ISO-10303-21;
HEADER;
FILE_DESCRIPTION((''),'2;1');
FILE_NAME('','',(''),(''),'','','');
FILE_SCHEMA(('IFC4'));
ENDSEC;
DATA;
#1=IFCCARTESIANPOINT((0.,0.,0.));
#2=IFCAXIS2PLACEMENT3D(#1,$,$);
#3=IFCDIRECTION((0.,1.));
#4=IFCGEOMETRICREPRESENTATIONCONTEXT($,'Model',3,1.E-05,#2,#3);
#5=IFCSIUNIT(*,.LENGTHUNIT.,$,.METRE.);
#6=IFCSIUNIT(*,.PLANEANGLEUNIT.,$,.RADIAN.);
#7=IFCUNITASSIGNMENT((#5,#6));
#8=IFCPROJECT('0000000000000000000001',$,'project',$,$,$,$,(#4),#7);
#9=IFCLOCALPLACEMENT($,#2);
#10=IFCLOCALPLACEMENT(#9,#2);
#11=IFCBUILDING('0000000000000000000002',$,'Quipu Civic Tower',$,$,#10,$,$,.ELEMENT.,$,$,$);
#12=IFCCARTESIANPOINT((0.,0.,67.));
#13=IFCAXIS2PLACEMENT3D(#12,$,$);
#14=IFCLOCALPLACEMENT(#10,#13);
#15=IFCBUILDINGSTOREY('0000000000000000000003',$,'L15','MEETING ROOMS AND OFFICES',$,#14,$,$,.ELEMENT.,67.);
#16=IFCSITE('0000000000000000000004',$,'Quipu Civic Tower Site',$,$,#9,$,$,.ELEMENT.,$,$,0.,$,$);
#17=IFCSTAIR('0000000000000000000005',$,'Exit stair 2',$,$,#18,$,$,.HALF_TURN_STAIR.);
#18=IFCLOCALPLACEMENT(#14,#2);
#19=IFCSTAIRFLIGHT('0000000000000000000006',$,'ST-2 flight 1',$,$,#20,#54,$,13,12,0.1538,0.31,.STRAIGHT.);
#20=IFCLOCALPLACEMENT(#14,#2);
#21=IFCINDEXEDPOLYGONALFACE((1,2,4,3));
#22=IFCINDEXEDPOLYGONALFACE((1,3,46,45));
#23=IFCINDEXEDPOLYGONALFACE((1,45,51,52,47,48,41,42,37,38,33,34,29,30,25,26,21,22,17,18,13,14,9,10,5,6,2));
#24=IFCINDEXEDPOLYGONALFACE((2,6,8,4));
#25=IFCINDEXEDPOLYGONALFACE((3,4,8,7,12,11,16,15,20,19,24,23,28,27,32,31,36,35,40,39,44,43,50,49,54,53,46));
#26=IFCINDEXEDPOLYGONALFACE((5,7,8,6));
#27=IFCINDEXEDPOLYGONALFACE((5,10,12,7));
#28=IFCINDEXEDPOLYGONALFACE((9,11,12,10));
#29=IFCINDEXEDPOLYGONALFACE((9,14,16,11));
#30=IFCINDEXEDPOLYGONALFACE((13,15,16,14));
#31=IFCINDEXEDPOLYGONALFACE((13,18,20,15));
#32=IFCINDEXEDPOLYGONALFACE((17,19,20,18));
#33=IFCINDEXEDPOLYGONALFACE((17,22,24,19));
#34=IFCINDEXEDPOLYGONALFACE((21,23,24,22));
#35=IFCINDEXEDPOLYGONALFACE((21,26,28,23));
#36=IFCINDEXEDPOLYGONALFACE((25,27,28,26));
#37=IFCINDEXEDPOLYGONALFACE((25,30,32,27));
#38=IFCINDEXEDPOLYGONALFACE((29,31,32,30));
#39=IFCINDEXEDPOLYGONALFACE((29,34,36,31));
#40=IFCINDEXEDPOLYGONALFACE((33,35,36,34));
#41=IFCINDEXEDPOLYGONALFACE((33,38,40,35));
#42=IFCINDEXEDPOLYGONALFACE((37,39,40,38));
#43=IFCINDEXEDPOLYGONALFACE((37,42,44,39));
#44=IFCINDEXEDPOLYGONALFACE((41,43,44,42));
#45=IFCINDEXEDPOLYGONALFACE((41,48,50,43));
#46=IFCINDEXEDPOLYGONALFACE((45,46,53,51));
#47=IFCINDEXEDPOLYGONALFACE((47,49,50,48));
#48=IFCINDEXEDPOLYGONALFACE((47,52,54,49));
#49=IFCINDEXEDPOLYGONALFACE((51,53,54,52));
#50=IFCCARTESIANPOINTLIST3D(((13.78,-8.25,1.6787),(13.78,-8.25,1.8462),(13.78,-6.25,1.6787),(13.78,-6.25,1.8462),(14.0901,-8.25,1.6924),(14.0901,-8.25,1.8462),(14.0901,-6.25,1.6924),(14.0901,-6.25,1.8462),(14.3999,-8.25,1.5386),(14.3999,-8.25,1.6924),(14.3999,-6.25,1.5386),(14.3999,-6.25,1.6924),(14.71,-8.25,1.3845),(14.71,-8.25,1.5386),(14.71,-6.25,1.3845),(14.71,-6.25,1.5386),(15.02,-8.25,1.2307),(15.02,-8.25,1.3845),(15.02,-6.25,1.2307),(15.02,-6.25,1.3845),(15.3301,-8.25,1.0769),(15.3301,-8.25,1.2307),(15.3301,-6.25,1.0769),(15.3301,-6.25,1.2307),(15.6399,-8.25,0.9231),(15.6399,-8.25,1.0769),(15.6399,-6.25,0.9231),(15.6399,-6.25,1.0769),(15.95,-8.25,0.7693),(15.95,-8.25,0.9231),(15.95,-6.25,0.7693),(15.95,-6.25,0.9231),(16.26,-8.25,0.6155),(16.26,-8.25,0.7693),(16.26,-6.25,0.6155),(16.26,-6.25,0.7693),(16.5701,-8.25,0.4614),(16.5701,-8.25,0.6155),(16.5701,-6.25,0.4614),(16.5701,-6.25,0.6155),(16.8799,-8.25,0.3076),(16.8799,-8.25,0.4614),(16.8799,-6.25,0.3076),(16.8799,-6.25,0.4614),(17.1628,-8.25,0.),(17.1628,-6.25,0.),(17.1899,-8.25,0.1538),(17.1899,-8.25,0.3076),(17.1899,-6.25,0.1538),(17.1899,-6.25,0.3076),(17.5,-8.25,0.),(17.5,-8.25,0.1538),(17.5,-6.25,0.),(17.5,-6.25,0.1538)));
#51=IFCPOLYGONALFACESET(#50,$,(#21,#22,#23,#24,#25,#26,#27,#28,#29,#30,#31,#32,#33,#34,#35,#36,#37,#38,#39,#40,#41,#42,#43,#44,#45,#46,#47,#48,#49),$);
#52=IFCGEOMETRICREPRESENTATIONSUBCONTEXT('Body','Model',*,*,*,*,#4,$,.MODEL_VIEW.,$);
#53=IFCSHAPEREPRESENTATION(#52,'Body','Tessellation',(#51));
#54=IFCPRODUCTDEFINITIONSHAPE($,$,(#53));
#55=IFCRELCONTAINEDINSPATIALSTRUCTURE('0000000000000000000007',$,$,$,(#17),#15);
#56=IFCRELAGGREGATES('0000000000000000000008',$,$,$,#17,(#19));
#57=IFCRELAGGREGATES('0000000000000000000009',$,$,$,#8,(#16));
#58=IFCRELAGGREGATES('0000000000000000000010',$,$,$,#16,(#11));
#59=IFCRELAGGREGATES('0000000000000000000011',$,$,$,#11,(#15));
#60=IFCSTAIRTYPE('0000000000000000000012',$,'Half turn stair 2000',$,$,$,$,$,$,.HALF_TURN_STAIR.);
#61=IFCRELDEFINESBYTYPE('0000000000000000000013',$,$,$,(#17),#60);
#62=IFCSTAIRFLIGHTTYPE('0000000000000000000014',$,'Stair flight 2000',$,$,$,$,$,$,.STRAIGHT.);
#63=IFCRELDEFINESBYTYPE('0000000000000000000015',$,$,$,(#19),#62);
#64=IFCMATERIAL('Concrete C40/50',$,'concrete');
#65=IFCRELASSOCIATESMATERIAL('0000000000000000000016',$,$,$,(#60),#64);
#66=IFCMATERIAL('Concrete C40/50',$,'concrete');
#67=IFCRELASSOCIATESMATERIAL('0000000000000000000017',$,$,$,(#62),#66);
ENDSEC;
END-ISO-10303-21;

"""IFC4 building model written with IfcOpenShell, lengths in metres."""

from ifc_helpers import new_model, si_unit, direction, frame, origin, place, context, subcontext, project, spatial, polyline, outline, extrude, material, type_object, element, aggregate, save


model = new_model("IFC4")

# Units and contexts
model_context = context("Model", 3, precision=1e-05, world=origin(), true_north=direction((0.0, 1.0)))
body_context = subcontext(model_context, "Body", "Model", "MODEL_VIEW")
ifc_project = project(units=[si_unit("LENGTHUNIT", "METRE"), si_unit("PLANEANGLEUNIT", "RADIAN")], contexts=[model_context])

# Site, building, storey
site_placement = place(None, origin())
site = spatial("IfcSite", under=ifc_project, at=site_placement, Name="Quipu Civic Tower Site", CompositionType="ELEMENT", RefElevation=0.0)
building_placement = place(site_placement, origin())
building = spatial("IfcBuilding", under=site, at=building_placement, Name="Quipu Civic Tower", CompositionType="ELEMENT")
storey_placement = place(building_placement, frame((0.0, 0.0, 67.0)))
storey = spatial("IfcBuildingStorey", under=building, at=storey_placement, Name="L15", Description="MEETING ROOMS AND OFFICES", CompositionType="ELEMENT", Elevation=67.0)

# Stair, stair flight
ifc_material_1 = material(Name="Concrete C40/50", Category="concrete")
stair_type = type_object("IfcStairType", Name="Half turn stair 2000", PredefinedType="HALF_TURN_STAIR", material=ifc_material_1)
stair_placement = place(storey_placement, origin())
stair = element("IfcStair", 1, at=stair_placement, inside=storey, type_object=stair_type, Name="Exit stair 2", PredefinedType="HALF_TURN_STAIR")
ifc_material_2 = material(Name="Concrete C40/50", Category="concrete")
stair_flight_type = type_object("IfcStairFlightType", Name="Stair flight 2000", PredefinedType="STRAIGHT", material=ifc_material_2)
stair_flight_placement = place(storey_placement, frame((17.5, -7.25, 0.0), z_axis=(0.0, 0.0, 1.0), x_axis=(-1.0, 0.0, 0.0)))
stair_flight = element("IfcStairFlight", 2, at=stair_flight_placement, type_object=stair_flight_type, Name="ST-2 flight 1", NumberOfRisers=13, NumberOfTreads=12, PredefinedType="STRAIGHT", RiserHeight=0.1538, TreadLength=0.31, context=body_context, shape_type="SweptSolid", body=[
    extrude(outline(polyline([(0.0, 0.0), (0.0, 0.1538), (0.3101, 0.1538), (0.3101, 0.3076), (0.6201, 0.3076), (0.6201, 0.4614), (0.9299, 0.4614), (0.9299, 0.6155), (1.24, 0.6155), (1.24, 0.7693), (1.55, 0.7693), (1.55, 0.9231), (1.8601, 0.9231), (1.8601, 1.0769), (2.1699, 1.0769), (2.1699, 1.2307), (2.48, 1.2307), (2.48, 1.3845), (2.79, 1.3845), (2.79, 1.5386), (3.1001, 1.5386), (3.1001, 1.6924), (3.4099, 1.6924), (3.4099, 1.8462), (3.72, 1.8462), (3.72, 2.0), (3.72, 1.6787), (0.3372, 0.0), (0.0, 0.0)])), frame((0.0, 1.0, 0.0), z_axis=(0.0, -1.0, 0.0), x_axis=(1.0, 0.0, 0.0)), (0.0, 0.0, 1.0), 2.0),
])
aggregate(stair, [stair_flight])

save(model, "model.ifc")
